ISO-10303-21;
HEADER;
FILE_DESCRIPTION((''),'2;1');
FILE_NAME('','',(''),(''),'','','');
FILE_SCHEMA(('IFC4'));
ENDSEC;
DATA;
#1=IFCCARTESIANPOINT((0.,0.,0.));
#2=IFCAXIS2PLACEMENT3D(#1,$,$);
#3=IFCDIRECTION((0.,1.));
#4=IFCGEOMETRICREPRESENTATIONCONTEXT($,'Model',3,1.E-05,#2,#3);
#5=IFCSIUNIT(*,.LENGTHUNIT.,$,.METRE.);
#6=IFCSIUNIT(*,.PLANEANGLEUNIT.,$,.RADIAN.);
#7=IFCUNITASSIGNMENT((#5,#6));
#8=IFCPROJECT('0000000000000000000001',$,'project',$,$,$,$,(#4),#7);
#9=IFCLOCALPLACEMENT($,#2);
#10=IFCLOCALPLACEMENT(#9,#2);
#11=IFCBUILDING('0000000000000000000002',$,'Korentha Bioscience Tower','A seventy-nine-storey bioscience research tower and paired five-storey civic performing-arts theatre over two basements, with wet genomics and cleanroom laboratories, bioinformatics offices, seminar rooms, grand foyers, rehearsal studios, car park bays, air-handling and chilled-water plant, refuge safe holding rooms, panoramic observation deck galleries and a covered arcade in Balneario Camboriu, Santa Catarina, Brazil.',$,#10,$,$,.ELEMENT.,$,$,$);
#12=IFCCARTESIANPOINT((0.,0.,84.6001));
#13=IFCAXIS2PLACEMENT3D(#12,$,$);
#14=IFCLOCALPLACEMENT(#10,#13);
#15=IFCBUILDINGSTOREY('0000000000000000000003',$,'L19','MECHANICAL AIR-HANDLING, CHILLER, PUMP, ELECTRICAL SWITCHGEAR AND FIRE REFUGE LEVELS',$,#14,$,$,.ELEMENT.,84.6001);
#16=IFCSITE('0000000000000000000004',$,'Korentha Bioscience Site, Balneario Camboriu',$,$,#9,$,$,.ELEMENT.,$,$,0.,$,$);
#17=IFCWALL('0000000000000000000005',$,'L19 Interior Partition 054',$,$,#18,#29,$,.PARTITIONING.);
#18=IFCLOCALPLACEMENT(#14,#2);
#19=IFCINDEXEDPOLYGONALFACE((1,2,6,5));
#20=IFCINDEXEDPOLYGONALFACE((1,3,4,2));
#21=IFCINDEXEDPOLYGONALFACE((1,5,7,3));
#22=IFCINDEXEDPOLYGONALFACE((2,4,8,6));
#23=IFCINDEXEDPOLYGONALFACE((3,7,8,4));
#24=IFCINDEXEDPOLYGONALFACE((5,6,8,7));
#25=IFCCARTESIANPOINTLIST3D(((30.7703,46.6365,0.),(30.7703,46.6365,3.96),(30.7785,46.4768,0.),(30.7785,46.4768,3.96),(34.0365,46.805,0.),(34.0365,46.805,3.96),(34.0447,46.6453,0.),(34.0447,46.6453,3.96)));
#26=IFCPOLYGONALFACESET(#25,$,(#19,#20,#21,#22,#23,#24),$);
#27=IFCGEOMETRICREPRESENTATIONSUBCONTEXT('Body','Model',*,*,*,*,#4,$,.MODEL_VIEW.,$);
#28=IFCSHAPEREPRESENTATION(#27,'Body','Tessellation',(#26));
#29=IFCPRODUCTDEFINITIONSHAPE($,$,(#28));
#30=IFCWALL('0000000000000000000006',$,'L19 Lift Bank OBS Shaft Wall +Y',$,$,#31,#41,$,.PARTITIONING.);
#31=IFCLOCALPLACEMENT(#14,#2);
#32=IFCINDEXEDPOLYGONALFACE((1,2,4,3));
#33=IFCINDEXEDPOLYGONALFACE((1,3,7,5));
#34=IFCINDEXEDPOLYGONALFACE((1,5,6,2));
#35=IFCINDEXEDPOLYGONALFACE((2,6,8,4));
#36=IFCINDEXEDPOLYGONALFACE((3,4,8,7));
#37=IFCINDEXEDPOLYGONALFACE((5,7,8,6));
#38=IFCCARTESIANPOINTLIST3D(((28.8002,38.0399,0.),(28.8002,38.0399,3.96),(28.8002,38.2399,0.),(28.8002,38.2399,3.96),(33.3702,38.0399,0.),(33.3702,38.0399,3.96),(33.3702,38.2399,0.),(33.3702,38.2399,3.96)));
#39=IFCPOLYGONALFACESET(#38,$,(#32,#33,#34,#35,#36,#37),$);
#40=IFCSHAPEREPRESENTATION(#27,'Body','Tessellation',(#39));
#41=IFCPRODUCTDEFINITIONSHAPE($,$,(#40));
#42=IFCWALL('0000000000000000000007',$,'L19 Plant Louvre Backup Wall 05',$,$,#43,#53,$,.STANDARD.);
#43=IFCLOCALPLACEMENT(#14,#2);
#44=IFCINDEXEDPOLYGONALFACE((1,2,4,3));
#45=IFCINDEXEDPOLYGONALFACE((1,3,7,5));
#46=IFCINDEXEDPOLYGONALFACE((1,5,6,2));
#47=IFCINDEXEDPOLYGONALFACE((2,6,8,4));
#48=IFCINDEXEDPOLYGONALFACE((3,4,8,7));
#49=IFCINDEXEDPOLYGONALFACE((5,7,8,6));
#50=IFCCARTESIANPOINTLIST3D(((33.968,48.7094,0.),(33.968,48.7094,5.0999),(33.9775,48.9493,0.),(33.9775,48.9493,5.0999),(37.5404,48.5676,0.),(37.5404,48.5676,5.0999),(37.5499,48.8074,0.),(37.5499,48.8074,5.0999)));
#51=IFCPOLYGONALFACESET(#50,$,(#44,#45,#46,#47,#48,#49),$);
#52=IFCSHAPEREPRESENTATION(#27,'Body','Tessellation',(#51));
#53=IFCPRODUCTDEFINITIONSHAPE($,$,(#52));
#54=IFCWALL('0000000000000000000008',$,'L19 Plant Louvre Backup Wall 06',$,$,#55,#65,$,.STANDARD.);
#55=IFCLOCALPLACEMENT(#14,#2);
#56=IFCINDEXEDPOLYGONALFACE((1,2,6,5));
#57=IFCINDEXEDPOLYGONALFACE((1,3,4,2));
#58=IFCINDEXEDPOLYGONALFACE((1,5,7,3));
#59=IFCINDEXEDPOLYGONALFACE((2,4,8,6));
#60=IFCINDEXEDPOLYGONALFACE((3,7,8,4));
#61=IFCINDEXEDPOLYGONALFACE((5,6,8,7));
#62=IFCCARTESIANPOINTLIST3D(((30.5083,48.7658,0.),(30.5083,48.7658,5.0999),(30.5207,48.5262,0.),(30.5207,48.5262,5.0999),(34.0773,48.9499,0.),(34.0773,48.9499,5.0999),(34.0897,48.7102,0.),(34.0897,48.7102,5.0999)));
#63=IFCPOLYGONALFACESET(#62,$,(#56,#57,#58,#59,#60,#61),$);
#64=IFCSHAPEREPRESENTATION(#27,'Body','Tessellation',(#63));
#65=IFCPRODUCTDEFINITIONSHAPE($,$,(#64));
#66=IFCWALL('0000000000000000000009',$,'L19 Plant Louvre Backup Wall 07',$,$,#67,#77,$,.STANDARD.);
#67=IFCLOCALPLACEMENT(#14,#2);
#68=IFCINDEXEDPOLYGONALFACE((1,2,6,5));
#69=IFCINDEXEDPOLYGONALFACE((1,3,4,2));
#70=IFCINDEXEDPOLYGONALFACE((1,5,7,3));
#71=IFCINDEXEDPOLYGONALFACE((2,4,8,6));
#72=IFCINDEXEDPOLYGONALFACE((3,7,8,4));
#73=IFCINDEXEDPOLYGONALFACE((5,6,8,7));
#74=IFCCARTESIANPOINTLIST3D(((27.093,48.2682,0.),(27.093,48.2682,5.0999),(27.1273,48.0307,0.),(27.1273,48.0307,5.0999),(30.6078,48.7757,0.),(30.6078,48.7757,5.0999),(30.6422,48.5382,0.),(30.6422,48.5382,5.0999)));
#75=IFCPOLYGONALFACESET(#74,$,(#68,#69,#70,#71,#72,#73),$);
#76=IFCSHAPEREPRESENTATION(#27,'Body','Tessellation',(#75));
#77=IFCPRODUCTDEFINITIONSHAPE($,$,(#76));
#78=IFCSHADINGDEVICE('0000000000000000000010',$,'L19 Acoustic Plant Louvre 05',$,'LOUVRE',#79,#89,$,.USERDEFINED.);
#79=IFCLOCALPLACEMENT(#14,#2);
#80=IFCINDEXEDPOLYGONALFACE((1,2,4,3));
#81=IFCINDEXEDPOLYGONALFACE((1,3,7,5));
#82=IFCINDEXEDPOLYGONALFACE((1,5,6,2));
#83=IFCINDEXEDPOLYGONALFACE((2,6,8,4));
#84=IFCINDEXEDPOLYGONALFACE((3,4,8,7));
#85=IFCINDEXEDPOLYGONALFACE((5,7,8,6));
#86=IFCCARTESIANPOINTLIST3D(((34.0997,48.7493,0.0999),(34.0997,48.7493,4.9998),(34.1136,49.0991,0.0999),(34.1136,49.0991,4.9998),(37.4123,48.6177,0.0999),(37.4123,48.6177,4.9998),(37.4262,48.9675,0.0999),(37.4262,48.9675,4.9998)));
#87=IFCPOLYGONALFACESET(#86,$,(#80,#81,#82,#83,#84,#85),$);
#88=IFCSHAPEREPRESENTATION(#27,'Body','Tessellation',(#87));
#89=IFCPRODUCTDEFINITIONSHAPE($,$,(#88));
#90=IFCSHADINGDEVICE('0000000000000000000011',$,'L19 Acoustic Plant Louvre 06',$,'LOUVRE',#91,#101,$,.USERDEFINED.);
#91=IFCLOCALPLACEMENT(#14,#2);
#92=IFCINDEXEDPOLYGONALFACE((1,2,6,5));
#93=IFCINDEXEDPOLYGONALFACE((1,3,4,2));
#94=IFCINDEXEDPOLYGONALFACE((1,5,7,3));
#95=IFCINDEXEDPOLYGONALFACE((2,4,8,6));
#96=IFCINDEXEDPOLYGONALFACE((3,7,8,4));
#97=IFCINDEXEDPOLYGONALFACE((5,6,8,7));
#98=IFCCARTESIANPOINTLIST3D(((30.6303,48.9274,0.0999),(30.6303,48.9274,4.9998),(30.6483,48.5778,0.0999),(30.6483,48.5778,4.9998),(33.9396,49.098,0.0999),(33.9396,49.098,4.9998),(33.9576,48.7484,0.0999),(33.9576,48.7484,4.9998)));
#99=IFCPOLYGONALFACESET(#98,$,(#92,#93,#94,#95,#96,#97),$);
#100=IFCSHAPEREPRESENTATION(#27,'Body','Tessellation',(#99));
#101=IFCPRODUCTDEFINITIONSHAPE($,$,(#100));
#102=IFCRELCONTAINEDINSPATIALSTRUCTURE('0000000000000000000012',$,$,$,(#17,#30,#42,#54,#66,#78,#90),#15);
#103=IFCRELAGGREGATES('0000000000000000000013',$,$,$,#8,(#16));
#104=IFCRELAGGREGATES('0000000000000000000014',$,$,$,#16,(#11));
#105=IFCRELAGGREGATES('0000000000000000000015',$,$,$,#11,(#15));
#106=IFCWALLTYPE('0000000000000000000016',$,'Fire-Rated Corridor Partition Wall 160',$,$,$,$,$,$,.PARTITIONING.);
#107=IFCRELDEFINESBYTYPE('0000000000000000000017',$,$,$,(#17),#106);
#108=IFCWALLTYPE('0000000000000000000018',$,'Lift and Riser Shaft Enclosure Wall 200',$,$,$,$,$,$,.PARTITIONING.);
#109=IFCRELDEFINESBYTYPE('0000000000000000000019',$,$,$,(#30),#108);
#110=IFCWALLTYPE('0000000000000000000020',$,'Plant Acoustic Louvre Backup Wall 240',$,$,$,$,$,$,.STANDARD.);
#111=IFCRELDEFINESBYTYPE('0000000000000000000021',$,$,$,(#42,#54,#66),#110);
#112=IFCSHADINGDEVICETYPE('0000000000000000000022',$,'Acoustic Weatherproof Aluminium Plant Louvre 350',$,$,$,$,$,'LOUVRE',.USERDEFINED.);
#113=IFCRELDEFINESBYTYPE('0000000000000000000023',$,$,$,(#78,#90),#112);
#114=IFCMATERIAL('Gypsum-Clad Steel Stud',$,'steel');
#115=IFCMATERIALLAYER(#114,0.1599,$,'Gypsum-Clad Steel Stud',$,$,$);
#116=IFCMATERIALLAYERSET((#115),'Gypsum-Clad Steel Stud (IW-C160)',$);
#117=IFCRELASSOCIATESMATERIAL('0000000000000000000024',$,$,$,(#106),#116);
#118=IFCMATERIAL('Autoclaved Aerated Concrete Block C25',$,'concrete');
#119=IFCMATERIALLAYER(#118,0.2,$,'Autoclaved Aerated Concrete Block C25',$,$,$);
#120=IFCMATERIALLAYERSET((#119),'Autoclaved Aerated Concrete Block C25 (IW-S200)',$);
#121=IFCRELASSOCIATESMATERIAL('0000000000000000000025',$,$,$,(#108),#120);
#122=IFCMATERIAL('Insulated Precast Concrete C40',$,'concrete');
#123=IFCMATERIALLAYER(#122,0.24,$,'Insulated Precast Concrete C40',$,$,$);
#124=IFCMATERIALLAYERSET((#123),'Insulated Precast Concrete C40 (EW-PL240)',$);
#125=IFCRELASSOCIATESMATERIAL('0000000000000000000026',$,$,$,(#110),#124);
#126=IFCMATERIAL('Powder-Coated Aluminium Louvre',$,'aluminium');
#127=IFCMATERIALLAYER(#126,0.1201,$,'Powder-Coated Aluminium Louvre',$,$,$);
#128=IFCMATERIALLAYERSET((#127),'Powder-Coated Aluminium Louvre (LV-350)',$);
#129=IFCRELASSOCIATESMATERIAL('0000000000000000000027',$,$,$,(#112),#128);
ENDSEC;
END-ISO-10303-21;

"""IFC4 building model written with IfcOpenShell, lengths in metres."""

from ifc_helpers import new_model, si_unit, direction, frame, frame_2d, origin, origin_2d, place, context, subcontext, project, spatial, rectangle, extrude, material, layer, layer_set, type_object, element, save


model = new_model("IFC4")

# Units and contexts
model_context = context("Model", 3, precision=1e-05, world=origin(), true_north=direction((0.0, 1.0)))
body_context = subcontext(model_context, "Body", "Model", "MODEL_VIEW")
ifc_project = project(units=[si_unit("LENGTHUNIT", "METRE"), si_unit("PLANEANGLEUNIT", "RADIAN")], contexts=[model_context])

# Site, building, storey
site_placement = place(None, origin())
site = spatial("IfcSite", under=ifc_project, at=site_placement, Name="Korentha Bioscience Site, Balneario Camboriu", CompositionType="ELEMENT", RefElevation=0.0)
building_placement = place(site_placement, origin())
building = spatial("IfcBuilding", under=site, at=building_placement, Name="Korentha Bioscience Tower", Description="A seventy-nine-storey bioscience research tower and paired five-storey civic performing-arts theatre over two basements, with wet genomics and cleanroom laboratories, bioinformatics offices, seminar rooms, grand foyers, rehearsal studios, car park bays, air-handling and chilled-water plant, refuge safe holding rooms, panoramic observation deck galleries and a covered arcade in Balneario Camboriu, Santa Catarina, Brazil.", CompositionType="ELEMENT")
storey_placement = place(building_placement, frame((0.0, 0.0, 84.6001)))
storey = spatial("IfcBuildingStorey", under=building, at=storey_placement, Name="L19", Description="MECHANICAL AIR-HANDLING, CHILLER, PUMP, ELECTRICAL SWITCHGEAR AND FIRE REFUGE LEVELS", CompositionType="ELEMENT", Elevation=84.6001)

# Shared definitions
ifc_material_1 = material(Name="Gypsum-Clad Steel Stud", Category="steel")
ifc_layer_1 = layer(ifc_material_1, 0.1599, Name="Gypsum-Clad Steel Stud")
ifc_layer_set_1 = layer_set([ifc_layer_1], Name="Gypsum-Clad Steel Stud (IW-C160)")
wall_type_1 = type_object("IfcWallType", Name="Fire-Rated Corridor Partition Wall 160", PredefinedType="PARTITIONING", material=ifc_layer_set_1)

# Walls
wall_1_placement = place(storey_placement, frame((30.7744, 46.5566, 0.0), z_axis=(0.0, 0.0, 1.0), x_axis=(0.998673, 0.051509, 0.0)))
element("IfcWall", 1, at=wall_1_placement, inside=storey, type_object=wall_type_1, Name="L19 Interior Partition 054", PredefinedType="PARTITIONING", context=body_context, shape_type="SweptSolid", body=[
    extrude(rectangle(XDim=3.2705, YDim=0.1599, at=frame_2d((1.6353, 0.0))), origin(), (0.0, 0.0, 1.0), 3.96),
])
ifc_material_2 = material(Name="Autoclaved Aerated Concrete Block C25", Category="concrete")
ifc_layer_2 = layer(ifc_material_2, 0.2, Name="Autoclaved Aerated Concrete Block C25")
ifc_layer_set_2 = layer_set([ifc_layer_2], Name="Autoclaved Aerated Concrete Block C25 (IW-S200)")
wall_type_2 = type_object("IfcWallType", Name="Lift and Riser Shaft Enclosure Wall 200", PredefinedType="PARTITIONING", material=ifc_layer_set_2)
wall_2_placement = place(storey_placement, frame((28.8, 38.1399, 0.0), z_axis=(0.0, 0.0, 1.0), x_axis=(1.0, 0.0, 0.0)))
element("IfcWall", 2, at=wall_2_placement, inside=storey, type_object=wall_type_2, Name="L19 Lift Bank OBS Shaft Wall +Y", PredefinedType="PARTITIONING", context=body_context, shape_type="SweptSolid", body=[
    extrude(rectangle(XDim=4.5701, YDim=0.2, at=frame_2d((2.2852, 0.0))), origin(), (0.0, 0.0, 1.0), 3.96),
])
ifc_material_3 = material(Name="Insulated Precast Concrete C40", Category="concrete")
ifc_layer_3 = layer(ifc_material_3, 0.24, Name="Insulated Precast Concrete C40")
ifc_layer_set_3 = layer_set([ifc_layer_3], Name="Insulated Precast Concrete C40 (EW-PL240)")
wall_type_3 = type_object("IfcWallType", Name="Plant Acoustic Louvre Backup Wall 240", PredefinedType="STANDARD", material=ifc_layer_set_3)
wall_3_placement = place(storey_placement, frame((37.5452, 48.6875, 0.0), z_axis=(0.0, 0.0, 1.0), x_axis=(-0.999213, 0.039676, 0.0)))
element("IfcWall", 3, at=wall_3_placement, inside=storey, type_object=wall_type_3, Name="L19 Plant Louvre Backup Wall 05", PredefinedType="STANDARD", context=body_context, shape_type="SweptSolid", body=[
    extrude(rectangle(XDim=3.5752, YDim=0.24, at=frame_2d((1.7876, 0.0))), origin(), (0.0, 0.0, 1.0), 5.0999),
])
wall_4_placement = place(storey_placement, frame((34.0835, 48.8301, 0.0), z_axis=(0.0, 0.0, 1.0), x_axis=(-0.998673, -0.051508, 0.0)))
element("IfcWall", 4, at=wall_4_placement, inside=storey, type_object=wall_type_3, Name="L19 Plant Louvre Backup Wall 06", PredefinedType="STANDARD", context=body_context, shape_type="SweptSolid", body=[
    extrude(rectangle(XDim=3.5737, YDim=0.24, at=frame_2d((1.7869, 0.0))), origin(), (0.0, 0.0, 1.0), 5.0999),
])
wall_5_placement = place(storey_placement, frame((30.625, 48.657, 0.0), z_axis=(0.0, 0.0, 1.0), x_axis=(-0.989734, -0.142923, 0.0)))
element("IfcWall", 5, at=wall_5_placement, inside=storey, type_object=wall_type_3, Name="L19 Plant Louvre Backup Wall 07", PredefinedType="STANDARD", context=body_context, shape_type="SweptSolid", body=[
    extrude(rectangle(XDim=3.5513, YDim=0.24, at=frame_2d((1.7756, 0.0))), origin(), (0.0, 0.0, 1.0), 5.0999),
])

# Shading devices
ifc_material_4 = material(Name="Powder-Coated Aluminium Louvre", Category="aluminium")
ifc_layer_4 = layer(ifc_material_4, 0.1201, Name="Powder-Coated Aluminium Louvre")
ifc_layer_set_4 = layer_set([ifc_layer_4], Name="Powder-Coated Aluminium Louvre (LV-350)")
shading_device_type = type_object("IfcShadingDeviceType", Name="Acoustic Weatherproof Aluminium Plant Louvre 350", ElementType="LOUVRE", PredefinedType="USERDEFINED", material=ifc_layer_set_4)
shading_device_1_placement = place(storey_placement, frame((35.7629, 48.8584, 0.0999), z_axis=(0.0, 0.0, 1.0), x_axis=(-0.999211, 0.039709, 0.0)))
element("IfcShadingDevice", 6, at=shading_device_1_placement, inside=storey, type_object=shading_device_type, Name="L19 Acoustic Plant Louvre 05", ObjectType="LOUVRE", PredefinedType="USERDEFINED", context=body_context, shape_type="SweptSolid", body=[
    extrude(rectangle(XDim=3.3152, YDim=0.3501, at=origin_2d()), origin(), (0.0, 0.0, 1.0), 4.8999),
])
shading_device_2_placement = place(storey_placement, frame((32.2939, 48.8379, 0.0999), z_axis=(0.0, 0.0, 1.0), x_axis=(-0.998674, -0.051471, 0.0)))
element("IfcShadingDevice", 7, at=shading_device_2_placement, inside=storey, type_object=shading_device_type, Name="L19 Acoustic Plant Louvre 06", ObjectType="LOUVRE", PredefinedType="USERDEFINED", context=body_context, shape_type="SweptSolid", body=[
    extrude(rectangle(XDim=3.3137, YDim=0.3501, at=origin_2d()), origin(), (0.0, 0.0, 1.0), 4.8999),
])

save(model, "model.ifc")
